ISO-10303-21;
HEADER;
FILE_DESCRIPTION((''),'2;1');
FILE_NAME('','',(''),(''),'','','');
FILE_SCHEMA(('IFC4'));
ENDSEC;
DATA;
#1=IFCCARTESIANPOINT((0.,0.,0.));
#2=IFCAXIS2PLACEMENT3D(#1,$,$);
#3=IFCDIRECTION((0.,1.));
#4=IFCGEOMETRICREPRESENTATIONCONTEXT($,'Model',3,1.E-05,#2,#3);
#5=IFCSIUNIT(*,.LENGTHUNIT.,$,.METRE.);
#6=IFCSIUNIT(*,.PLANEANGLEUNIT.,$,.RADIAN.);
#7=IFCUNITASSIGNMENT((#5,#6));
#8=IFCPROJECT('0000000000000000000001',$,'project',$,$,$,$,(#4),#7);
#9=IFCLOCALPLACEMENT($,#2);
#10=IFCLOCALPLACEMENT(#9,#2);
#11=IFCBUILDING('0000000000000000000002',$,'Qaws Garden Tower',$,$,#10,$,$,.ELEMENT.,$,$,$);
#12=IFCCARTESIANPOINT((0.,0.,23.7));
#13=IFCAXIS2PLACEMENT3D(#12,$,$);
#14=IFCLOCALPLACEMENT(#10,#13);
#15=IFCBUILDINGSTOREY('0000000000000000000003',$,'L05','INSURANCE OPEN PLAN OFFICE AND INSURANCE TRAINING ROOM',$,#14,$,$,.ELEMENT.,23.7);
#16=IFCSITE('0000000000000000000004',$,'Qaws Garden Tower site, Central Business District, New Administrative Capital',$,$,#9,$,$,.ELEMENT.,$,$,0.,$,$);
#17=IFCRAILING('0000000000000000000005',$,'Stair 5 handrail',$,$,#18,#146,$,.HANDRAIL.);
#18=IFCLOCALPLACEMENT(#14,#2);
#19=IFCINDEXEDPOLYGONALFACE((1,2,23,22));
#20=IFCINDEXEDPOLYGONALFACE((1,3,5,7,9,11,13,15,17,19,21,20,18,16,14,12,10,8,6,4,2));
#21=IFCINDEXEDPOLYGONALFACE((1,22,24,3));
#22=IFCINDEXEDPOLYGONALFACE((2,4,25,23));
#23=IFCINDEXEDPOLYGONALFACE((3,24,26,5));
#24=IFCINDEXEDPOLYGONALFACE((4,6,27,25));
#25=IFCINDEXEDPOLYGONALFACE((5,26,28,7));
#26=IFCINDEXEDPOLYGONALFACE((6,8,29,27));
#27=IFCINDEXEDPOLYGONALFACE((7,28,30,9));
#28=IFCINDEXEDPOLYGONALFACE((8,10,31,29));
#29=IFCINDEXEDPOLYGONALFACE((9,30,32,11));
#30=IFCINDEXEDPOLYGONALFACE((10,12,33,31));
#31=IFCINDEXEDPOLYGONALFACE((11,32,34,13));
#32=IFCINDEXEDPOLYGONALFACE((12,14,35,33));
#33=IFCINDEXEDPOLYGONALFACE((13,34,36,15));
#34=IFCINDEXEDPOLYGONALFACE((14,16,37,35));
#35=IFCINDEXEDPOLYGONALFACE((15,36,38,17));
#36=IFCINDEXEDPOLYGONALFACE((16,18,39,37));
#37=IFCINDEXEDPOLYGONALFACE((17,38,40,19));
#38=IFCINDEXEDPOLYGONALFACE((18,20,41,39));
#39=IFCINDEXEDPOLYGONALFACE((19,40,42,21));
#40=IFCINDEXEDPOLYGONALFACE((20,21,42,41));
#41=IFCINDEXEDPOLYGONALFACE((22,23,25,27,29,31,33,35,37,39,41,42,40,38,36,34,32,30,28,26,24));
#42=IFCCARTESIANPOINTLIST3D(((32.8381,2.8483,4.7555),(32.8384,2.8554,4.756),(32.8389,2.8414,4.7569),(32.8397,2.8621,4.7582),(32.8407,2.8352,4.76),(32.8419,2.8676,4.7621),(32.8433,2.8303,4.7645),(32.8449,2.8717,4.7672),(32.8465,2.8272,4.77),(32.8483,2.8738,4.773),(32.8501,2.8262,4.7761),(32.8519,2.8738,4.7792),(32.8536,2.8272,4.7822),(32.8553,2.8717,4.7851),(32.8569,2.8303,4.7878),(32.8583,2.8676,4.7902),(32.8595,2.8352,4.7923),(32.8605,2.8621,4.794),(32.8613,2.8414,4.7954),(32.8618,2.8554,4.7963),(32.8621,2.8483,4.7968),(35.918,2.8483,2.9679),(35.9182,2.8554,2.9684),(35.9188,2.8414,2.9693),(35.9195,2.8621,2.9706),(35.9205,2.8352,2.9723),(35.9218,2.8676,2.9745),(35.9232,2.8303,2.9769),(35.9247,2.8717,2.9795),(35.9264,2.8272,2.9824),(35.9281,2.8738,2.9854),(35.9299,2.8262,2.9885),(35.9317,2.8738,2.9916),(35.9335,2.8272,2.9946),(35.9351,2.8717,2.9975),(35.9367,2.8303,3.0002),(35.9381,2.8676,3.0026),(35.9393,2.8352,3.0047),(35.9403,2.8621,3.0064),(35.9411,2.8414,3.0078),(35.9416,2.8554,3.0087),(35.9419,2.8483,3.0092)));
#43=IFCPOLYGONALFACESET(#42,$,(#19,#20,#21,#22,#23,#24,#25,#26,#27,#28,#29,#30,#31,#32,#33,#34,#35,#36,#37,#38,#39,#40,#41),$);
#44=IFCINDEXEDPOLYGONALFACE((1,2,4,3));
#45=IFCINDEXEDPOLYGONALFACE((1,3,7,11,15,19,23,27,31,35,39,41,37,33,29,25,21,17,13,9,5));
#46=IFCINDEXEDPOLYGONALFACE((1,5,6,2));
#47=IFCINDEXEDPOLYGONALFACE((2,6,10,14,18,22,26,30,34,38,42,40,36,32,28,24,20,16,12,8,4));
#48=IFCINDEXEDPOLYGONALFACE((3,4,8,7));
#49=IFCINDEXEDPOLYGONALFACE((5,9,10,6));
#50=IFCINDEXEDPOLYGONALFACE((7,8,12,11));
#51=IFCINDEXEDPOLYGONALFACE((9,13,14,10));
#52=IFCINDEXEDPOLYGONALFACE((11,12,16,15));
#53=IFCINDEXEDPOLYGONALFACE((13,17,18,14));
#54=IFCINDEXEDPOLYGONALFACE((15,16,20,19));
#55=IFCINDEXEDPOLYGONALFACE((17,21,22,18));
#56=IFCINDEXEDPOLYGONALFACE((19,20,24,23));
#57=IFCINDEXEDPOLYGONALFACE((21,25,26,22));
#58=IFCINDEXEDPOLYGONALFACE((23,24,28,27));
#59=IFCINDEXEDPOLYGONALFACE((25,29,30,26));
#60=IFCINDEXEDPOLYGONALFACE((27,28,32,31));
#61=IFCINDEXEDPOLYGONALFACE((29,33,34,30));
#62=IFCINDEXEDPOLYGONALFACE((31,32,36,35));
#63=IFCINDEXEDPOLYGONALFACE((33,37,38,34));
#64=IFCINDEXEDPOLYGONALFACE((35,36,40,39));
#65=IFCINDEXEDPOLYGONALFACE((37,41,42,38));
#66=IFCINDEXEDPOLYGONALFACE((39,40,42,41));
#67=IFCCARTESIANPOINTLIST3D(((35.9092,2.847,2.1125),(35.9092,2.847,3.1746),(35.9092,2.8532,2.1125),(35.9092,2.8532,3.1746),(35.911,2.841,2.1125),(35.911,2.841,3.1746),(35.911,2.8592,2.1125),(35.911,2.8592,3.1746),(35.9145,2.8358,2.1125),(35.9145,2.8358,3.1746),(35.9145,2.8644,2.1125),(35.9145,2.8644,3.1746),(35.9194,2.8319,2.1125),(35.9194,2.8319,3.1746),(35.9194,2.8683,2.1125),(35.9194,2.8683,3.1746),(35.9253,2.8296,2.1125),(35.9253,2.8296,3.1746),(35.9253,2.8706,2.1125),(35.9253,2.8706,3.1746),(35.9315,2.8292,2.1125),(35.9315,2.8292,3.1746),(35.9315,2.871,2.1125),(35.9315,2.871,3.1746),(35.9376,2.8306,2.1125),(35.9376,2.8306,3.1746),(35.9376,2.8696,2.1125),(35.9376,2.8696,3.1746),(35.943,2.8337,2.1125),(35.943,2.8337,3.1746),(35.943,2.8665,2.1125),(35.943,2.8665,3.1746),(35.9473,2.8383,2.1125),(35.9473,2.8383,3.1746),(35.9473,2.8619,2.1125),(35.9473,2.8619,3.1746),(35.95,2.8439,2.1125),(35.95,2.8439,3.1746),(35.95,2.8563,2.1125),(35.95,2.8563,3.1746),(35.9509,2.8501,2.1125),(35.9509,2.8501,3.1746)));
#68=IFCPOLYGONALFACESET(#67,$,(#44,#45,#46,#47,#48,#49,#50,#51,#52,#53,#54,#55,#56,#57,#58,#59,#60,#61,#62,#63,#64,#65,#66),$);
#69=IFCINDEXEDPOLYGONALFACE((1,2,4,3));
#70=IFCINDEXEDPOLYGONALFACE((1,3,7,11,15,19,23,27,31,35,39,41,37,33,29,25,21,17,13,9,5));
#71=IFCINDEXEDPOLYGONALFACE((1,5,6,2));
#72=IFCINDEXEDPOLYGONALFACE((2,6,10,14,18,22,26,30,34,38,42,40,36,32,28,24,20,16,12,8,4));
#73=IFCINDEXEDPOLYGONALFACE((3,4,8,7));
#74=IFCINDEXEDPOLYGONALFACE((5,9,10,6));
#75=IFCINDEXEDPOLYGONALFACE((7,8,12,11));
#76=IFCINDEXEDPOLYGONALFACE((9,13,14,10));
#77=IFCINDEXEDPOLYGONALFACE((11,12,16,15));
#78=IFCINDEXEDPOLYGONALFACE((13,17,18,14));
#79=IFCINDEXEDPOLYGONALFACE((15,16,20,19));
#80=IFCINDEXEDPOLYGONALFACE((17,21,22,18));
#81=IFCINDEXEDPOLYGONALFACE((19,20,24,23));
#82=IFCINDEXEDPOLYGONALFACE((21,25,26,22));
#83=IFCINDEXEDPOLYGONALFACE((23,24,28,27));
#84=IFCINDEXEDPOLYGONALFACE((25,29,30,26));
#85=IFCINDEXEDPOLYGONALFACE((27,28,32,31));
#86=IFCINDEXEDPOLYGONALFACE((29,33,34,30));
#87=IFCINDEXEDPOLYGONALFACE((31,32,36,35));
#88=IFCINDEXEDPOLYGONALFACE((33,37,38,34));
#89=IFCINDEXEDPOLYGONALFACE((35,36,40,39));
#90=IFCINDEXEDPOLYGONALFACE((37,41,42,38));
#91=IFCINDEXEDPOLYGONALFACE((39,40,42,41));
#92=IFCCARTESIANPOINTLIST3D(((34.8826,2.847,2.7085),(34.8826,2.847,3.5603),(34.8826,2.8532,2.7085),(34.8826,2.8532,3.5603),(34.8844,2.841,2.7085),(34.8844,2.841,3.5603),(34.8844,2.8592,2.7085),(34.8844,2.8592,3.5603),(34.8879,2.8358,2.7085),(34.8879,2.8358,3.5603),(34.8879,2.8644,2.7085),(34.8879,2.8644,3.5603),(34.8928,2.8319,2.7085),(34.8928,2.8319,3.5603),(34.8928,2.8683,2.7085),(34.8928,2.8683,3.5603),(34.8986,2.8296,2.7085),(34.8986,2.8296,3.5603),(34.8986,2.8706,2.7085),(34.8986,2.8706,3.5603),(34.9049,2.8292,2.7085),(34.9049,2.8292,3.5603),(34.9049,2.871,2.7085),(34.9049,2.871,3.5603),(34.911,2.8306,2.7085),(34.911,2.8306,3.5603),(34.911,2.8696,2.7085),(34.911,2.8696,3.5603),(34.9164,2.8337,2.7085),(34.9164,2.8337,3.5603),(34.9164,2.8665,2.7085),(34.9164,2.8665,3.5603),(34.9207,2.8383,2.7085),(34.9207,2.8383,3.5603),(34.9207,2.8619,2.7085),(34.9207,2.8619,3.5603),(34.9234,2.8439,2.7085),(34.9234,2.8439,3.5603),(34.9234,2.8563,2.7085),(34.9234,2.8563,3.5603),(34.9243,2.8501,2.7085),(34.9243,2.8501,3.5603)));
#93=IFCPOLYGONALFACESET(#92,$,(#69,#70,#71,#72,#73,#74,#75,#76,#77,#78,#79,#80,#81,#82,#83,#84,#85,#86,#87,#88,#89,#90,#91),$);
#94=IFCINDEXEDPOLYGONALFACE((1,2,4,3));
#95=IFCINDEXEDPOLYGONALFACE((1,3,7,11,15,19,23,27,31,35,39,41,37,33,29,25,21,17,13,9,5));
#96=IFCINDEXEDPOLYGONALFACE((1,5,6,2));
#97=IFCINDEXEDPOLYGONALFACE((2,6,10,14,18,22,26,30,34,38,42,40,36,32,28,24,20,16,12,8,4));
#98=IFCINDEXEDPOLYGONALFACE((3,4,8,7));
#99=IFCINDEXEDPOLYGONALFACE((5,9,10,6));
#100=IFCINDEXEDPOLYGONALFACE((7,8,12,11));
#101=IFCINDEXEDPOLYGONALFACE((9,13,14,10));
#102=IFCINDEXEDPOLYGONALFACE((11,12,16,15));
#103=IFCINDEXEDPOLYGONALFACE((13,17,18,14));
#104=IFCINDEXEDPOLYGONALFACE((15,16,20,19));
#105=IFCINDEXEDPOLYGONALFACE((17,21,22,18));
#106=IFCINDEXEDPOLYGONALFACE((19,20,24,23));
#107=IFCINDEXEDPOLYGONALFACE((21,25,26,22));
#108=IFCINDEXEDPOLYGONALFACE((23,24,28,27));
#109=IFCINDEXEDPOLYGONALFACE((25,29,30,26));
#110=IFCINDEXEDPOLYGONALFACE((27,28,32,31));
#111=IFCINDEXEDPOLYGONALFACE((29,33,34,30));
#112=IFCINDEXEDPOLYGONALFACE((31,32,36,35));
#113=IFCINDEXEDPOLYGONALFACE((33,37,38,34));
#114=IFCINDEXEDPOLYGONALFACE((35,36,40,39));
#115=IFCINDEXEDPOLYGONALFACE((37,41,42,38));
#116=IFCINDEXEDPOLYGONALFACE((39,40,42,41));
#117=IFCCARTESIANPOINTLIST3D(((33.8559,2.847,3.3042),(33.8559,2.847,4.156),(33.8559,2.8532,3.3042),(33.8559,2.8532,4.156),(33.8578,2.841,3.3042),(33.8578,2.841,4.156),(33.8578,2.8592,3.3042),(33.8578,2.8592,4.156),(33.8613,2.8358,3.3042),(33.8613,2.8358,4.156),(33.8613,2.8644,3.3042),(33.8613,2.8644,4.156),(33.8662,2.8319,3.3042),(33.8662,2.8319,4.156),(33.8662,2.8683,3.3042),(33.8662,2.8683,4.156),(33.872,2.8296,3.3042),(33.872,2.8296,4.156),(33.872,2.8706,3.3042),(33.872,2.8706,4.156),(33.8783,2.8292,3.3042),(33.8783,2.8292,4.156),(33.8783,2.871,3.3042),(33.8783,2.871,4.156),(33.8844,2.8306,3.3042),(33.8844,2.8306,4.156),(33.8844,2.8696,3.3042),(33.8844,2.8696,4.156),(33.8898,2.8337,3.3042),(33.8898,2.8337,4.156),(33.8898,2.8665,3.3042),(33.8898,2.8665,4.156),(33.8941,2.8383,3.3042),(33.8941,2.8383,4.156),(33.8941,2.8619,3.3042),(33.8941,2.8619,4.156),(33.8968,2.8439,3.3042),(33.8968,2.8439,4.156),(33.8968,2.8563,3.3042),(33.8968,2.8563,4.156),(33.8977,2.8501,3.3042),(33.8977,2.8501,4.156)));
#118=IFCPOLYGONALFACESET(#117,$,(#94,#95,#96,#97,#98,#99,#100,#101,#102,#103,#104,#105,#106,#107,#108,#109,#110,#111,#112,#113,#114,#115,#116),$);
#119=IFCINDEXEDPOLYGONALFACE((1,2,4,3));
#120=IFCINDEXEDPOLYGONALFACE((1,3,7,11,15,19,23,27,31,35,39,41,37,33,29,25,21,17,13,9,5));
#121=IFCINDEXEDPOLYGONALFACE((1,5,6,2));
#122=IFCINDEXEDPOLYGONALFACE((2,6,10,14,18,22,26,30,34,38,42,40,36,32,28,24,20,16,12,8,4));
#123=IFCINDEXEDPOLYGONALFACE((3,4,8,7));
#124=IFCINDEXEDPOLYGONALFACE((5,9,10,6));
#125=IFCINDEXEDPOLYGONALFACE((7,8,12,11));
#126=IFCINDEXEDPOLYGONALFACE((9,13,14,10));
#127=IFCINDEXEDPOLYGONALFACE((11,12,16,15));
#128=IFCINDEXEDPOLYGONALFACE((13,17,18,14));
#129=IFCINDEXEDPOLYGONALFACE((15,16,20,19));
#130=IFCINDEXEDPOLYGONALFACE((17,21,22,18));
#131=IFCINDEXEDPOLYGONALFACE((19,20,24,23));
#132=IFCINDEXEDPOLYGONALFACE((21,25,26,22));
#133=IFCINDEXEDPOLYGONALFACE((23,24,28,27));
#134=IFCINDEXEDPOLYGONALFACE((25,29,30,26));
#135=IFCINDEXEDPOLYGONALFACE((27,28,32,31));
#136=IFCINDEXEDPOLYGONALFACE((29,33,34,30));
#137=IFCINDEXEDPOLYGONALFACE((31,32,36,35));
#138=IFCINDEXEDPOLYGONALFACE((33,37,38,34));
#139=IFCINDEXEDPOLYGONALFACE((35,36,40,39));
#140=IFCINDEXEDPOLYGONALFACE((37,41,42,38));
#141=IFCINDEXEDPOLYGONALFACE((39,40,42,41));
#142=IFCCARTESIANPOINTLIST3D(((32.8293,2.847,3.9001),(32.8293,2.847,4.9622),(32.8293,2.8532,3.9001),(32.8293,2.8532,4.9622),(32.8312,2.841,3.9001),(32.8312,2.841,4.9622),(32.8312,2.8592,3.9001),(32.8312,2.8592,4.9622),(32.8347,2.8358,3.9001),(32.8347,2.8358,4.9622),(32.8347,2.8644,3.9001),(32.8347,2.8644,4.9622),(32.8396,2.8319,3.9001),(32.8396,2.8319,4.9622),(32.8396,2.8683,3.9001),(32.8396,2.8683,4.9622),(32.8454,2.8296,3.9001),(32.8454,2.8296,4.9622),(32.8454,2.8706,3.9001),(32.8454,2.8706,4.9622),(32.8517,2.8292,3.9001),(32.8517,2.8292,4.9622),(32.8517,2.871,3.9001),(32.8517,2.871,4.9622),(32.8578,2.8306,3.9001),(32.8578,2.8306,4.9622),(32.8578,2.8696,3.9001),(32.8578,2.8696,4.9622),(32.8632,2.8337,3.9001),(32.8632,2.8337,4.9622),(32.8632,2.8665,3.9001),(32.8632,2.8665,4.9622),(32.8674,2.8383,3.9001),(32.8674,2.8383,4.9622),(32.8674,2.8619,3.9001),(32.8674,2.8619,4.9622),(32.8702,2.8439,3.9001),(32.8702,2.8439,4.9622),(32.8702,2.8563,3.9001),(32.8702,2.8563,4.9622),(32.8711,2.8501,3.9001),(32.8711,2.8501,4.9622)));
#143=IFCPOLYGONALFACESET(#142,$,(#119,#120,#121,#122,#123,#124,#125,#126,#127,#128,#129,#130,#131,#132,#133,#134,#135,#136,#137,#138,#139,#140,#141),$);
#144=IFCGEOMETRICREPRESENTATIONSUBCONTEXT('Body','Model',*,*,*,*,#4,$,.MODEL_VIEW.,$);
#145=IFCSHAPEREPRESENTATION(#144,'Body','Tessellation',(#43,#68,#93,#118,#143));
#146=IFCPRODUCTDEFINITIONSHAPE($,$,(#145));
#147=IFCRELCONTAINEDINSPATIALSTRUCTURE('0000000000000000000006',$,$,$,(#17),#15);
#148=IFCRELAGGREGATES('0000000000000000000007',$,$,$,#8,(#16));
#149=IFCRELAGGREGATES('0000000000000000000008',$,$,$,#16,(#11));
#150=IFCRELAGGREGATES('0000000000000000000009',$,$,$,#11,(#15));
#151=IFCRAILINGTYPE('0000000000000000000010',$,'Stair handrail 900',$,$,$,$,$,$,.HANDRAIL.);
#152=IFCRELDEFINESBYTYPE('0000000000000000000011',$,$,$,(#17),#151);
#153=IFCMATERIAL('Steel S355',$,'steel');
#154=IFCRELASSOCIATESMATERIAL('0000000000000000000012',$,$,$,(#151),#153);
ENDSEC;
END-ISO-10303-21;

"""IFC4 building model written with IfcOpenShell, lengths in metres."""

from ifc_helpers import new_model, si_unit, direction, frame, origin, origin_2d, place, context, subcontext, project, spatial, circle, extrude, material, type_object, element, save


model = new_model("IFC4")

# Units and contexts
model_context = context("Model", 3, precision=1e-05, world=origin(), true_north=direction((0.0, 1.0)))
body_context = subcontext(model_context, "Body", "Model", "MODEL_VIEW")
ifc_project = project(units=[si_unit("LENGTHUNIT", "METRE"), si_unit("PLANEANGLEUNIT", "RADIAN")], contexts=[model_context])

# Site, building, storey
site_placement = place(None, origin())
site = spatial("IfcSite", under=ifc_project, at=site_placement, Name="Qaws Garden Tower site, Central Business District, New Administrative Capital", CompositionType="ELEMENT", RefElevation=0.0)
building_placement = place(site_placement, origin())
building = spatial("IfcBuilding", under=site, at=building_placement, Name="Qaws Garden Tower", CompositionType="ELEMENT")
storey_placement = place(building_placement, frame((0.0, 0.0, 23.7)))
storey = spatial("IfcBuildingStorey", under=building, at=storey_placement, Name="L05", Description="INSURANCE OPEN PLAN OFFICE AND INSURANCE TRAINING ROOM", CompositionType="ELEMENT", Elevation=23.7)

# Railing
ifc_material_1 = material(Name="Steel S355", Category="steel")
railing_type = type_object("IfcRailingType", Name="Stair handrail 900", PredefinedType="HANDRAIL", material=ifc_material_1)
railing_1_placement = place(storey_placement, frame((35.9299, 2.8501, 2.1125)))
element("IfcRailing", 1, at=railing_1_placement, inside=storey, type_object=railing_type, Name="Stair 5 handrail", PredefinedType="HANDRAIL", context=body_context, shape_type="SweptSolid", body=[
    extrude(circle(Radius=0.0239, at=origin_2d()), frame((0.0, 0.0, 0.876), z_axis=(-0.864873, 0.0, 0.50199), x_axis=(0.0, -1.0, 0.0)), (0.0, 0.0, 1.0), 3.561),
    extrude(circle(Radius=0.021, at=origin_2d()), origin(), (0.0, 0.0, 1.0), 1.062),
    extrude(circle(Radius=0.021, at=origin_2d()), frame((-1.0266, 0.0, 0.5959)), (0.0, 0.0, 1.0), 0.8518),
    extrude(circle(Radius=0.021, at=origin_2d()), frame((-2.0532, 0.0, 1.1917)), (0.0, 0.0, 1.0), 0.8518),
    extrude(circle(Radius=0.021, at=origin_2d()), frame((-3.0798, 0.0, 1.7876)), (0.0, 0.0, 1.0), 1.062),
])

save(model, "model.ifc")
